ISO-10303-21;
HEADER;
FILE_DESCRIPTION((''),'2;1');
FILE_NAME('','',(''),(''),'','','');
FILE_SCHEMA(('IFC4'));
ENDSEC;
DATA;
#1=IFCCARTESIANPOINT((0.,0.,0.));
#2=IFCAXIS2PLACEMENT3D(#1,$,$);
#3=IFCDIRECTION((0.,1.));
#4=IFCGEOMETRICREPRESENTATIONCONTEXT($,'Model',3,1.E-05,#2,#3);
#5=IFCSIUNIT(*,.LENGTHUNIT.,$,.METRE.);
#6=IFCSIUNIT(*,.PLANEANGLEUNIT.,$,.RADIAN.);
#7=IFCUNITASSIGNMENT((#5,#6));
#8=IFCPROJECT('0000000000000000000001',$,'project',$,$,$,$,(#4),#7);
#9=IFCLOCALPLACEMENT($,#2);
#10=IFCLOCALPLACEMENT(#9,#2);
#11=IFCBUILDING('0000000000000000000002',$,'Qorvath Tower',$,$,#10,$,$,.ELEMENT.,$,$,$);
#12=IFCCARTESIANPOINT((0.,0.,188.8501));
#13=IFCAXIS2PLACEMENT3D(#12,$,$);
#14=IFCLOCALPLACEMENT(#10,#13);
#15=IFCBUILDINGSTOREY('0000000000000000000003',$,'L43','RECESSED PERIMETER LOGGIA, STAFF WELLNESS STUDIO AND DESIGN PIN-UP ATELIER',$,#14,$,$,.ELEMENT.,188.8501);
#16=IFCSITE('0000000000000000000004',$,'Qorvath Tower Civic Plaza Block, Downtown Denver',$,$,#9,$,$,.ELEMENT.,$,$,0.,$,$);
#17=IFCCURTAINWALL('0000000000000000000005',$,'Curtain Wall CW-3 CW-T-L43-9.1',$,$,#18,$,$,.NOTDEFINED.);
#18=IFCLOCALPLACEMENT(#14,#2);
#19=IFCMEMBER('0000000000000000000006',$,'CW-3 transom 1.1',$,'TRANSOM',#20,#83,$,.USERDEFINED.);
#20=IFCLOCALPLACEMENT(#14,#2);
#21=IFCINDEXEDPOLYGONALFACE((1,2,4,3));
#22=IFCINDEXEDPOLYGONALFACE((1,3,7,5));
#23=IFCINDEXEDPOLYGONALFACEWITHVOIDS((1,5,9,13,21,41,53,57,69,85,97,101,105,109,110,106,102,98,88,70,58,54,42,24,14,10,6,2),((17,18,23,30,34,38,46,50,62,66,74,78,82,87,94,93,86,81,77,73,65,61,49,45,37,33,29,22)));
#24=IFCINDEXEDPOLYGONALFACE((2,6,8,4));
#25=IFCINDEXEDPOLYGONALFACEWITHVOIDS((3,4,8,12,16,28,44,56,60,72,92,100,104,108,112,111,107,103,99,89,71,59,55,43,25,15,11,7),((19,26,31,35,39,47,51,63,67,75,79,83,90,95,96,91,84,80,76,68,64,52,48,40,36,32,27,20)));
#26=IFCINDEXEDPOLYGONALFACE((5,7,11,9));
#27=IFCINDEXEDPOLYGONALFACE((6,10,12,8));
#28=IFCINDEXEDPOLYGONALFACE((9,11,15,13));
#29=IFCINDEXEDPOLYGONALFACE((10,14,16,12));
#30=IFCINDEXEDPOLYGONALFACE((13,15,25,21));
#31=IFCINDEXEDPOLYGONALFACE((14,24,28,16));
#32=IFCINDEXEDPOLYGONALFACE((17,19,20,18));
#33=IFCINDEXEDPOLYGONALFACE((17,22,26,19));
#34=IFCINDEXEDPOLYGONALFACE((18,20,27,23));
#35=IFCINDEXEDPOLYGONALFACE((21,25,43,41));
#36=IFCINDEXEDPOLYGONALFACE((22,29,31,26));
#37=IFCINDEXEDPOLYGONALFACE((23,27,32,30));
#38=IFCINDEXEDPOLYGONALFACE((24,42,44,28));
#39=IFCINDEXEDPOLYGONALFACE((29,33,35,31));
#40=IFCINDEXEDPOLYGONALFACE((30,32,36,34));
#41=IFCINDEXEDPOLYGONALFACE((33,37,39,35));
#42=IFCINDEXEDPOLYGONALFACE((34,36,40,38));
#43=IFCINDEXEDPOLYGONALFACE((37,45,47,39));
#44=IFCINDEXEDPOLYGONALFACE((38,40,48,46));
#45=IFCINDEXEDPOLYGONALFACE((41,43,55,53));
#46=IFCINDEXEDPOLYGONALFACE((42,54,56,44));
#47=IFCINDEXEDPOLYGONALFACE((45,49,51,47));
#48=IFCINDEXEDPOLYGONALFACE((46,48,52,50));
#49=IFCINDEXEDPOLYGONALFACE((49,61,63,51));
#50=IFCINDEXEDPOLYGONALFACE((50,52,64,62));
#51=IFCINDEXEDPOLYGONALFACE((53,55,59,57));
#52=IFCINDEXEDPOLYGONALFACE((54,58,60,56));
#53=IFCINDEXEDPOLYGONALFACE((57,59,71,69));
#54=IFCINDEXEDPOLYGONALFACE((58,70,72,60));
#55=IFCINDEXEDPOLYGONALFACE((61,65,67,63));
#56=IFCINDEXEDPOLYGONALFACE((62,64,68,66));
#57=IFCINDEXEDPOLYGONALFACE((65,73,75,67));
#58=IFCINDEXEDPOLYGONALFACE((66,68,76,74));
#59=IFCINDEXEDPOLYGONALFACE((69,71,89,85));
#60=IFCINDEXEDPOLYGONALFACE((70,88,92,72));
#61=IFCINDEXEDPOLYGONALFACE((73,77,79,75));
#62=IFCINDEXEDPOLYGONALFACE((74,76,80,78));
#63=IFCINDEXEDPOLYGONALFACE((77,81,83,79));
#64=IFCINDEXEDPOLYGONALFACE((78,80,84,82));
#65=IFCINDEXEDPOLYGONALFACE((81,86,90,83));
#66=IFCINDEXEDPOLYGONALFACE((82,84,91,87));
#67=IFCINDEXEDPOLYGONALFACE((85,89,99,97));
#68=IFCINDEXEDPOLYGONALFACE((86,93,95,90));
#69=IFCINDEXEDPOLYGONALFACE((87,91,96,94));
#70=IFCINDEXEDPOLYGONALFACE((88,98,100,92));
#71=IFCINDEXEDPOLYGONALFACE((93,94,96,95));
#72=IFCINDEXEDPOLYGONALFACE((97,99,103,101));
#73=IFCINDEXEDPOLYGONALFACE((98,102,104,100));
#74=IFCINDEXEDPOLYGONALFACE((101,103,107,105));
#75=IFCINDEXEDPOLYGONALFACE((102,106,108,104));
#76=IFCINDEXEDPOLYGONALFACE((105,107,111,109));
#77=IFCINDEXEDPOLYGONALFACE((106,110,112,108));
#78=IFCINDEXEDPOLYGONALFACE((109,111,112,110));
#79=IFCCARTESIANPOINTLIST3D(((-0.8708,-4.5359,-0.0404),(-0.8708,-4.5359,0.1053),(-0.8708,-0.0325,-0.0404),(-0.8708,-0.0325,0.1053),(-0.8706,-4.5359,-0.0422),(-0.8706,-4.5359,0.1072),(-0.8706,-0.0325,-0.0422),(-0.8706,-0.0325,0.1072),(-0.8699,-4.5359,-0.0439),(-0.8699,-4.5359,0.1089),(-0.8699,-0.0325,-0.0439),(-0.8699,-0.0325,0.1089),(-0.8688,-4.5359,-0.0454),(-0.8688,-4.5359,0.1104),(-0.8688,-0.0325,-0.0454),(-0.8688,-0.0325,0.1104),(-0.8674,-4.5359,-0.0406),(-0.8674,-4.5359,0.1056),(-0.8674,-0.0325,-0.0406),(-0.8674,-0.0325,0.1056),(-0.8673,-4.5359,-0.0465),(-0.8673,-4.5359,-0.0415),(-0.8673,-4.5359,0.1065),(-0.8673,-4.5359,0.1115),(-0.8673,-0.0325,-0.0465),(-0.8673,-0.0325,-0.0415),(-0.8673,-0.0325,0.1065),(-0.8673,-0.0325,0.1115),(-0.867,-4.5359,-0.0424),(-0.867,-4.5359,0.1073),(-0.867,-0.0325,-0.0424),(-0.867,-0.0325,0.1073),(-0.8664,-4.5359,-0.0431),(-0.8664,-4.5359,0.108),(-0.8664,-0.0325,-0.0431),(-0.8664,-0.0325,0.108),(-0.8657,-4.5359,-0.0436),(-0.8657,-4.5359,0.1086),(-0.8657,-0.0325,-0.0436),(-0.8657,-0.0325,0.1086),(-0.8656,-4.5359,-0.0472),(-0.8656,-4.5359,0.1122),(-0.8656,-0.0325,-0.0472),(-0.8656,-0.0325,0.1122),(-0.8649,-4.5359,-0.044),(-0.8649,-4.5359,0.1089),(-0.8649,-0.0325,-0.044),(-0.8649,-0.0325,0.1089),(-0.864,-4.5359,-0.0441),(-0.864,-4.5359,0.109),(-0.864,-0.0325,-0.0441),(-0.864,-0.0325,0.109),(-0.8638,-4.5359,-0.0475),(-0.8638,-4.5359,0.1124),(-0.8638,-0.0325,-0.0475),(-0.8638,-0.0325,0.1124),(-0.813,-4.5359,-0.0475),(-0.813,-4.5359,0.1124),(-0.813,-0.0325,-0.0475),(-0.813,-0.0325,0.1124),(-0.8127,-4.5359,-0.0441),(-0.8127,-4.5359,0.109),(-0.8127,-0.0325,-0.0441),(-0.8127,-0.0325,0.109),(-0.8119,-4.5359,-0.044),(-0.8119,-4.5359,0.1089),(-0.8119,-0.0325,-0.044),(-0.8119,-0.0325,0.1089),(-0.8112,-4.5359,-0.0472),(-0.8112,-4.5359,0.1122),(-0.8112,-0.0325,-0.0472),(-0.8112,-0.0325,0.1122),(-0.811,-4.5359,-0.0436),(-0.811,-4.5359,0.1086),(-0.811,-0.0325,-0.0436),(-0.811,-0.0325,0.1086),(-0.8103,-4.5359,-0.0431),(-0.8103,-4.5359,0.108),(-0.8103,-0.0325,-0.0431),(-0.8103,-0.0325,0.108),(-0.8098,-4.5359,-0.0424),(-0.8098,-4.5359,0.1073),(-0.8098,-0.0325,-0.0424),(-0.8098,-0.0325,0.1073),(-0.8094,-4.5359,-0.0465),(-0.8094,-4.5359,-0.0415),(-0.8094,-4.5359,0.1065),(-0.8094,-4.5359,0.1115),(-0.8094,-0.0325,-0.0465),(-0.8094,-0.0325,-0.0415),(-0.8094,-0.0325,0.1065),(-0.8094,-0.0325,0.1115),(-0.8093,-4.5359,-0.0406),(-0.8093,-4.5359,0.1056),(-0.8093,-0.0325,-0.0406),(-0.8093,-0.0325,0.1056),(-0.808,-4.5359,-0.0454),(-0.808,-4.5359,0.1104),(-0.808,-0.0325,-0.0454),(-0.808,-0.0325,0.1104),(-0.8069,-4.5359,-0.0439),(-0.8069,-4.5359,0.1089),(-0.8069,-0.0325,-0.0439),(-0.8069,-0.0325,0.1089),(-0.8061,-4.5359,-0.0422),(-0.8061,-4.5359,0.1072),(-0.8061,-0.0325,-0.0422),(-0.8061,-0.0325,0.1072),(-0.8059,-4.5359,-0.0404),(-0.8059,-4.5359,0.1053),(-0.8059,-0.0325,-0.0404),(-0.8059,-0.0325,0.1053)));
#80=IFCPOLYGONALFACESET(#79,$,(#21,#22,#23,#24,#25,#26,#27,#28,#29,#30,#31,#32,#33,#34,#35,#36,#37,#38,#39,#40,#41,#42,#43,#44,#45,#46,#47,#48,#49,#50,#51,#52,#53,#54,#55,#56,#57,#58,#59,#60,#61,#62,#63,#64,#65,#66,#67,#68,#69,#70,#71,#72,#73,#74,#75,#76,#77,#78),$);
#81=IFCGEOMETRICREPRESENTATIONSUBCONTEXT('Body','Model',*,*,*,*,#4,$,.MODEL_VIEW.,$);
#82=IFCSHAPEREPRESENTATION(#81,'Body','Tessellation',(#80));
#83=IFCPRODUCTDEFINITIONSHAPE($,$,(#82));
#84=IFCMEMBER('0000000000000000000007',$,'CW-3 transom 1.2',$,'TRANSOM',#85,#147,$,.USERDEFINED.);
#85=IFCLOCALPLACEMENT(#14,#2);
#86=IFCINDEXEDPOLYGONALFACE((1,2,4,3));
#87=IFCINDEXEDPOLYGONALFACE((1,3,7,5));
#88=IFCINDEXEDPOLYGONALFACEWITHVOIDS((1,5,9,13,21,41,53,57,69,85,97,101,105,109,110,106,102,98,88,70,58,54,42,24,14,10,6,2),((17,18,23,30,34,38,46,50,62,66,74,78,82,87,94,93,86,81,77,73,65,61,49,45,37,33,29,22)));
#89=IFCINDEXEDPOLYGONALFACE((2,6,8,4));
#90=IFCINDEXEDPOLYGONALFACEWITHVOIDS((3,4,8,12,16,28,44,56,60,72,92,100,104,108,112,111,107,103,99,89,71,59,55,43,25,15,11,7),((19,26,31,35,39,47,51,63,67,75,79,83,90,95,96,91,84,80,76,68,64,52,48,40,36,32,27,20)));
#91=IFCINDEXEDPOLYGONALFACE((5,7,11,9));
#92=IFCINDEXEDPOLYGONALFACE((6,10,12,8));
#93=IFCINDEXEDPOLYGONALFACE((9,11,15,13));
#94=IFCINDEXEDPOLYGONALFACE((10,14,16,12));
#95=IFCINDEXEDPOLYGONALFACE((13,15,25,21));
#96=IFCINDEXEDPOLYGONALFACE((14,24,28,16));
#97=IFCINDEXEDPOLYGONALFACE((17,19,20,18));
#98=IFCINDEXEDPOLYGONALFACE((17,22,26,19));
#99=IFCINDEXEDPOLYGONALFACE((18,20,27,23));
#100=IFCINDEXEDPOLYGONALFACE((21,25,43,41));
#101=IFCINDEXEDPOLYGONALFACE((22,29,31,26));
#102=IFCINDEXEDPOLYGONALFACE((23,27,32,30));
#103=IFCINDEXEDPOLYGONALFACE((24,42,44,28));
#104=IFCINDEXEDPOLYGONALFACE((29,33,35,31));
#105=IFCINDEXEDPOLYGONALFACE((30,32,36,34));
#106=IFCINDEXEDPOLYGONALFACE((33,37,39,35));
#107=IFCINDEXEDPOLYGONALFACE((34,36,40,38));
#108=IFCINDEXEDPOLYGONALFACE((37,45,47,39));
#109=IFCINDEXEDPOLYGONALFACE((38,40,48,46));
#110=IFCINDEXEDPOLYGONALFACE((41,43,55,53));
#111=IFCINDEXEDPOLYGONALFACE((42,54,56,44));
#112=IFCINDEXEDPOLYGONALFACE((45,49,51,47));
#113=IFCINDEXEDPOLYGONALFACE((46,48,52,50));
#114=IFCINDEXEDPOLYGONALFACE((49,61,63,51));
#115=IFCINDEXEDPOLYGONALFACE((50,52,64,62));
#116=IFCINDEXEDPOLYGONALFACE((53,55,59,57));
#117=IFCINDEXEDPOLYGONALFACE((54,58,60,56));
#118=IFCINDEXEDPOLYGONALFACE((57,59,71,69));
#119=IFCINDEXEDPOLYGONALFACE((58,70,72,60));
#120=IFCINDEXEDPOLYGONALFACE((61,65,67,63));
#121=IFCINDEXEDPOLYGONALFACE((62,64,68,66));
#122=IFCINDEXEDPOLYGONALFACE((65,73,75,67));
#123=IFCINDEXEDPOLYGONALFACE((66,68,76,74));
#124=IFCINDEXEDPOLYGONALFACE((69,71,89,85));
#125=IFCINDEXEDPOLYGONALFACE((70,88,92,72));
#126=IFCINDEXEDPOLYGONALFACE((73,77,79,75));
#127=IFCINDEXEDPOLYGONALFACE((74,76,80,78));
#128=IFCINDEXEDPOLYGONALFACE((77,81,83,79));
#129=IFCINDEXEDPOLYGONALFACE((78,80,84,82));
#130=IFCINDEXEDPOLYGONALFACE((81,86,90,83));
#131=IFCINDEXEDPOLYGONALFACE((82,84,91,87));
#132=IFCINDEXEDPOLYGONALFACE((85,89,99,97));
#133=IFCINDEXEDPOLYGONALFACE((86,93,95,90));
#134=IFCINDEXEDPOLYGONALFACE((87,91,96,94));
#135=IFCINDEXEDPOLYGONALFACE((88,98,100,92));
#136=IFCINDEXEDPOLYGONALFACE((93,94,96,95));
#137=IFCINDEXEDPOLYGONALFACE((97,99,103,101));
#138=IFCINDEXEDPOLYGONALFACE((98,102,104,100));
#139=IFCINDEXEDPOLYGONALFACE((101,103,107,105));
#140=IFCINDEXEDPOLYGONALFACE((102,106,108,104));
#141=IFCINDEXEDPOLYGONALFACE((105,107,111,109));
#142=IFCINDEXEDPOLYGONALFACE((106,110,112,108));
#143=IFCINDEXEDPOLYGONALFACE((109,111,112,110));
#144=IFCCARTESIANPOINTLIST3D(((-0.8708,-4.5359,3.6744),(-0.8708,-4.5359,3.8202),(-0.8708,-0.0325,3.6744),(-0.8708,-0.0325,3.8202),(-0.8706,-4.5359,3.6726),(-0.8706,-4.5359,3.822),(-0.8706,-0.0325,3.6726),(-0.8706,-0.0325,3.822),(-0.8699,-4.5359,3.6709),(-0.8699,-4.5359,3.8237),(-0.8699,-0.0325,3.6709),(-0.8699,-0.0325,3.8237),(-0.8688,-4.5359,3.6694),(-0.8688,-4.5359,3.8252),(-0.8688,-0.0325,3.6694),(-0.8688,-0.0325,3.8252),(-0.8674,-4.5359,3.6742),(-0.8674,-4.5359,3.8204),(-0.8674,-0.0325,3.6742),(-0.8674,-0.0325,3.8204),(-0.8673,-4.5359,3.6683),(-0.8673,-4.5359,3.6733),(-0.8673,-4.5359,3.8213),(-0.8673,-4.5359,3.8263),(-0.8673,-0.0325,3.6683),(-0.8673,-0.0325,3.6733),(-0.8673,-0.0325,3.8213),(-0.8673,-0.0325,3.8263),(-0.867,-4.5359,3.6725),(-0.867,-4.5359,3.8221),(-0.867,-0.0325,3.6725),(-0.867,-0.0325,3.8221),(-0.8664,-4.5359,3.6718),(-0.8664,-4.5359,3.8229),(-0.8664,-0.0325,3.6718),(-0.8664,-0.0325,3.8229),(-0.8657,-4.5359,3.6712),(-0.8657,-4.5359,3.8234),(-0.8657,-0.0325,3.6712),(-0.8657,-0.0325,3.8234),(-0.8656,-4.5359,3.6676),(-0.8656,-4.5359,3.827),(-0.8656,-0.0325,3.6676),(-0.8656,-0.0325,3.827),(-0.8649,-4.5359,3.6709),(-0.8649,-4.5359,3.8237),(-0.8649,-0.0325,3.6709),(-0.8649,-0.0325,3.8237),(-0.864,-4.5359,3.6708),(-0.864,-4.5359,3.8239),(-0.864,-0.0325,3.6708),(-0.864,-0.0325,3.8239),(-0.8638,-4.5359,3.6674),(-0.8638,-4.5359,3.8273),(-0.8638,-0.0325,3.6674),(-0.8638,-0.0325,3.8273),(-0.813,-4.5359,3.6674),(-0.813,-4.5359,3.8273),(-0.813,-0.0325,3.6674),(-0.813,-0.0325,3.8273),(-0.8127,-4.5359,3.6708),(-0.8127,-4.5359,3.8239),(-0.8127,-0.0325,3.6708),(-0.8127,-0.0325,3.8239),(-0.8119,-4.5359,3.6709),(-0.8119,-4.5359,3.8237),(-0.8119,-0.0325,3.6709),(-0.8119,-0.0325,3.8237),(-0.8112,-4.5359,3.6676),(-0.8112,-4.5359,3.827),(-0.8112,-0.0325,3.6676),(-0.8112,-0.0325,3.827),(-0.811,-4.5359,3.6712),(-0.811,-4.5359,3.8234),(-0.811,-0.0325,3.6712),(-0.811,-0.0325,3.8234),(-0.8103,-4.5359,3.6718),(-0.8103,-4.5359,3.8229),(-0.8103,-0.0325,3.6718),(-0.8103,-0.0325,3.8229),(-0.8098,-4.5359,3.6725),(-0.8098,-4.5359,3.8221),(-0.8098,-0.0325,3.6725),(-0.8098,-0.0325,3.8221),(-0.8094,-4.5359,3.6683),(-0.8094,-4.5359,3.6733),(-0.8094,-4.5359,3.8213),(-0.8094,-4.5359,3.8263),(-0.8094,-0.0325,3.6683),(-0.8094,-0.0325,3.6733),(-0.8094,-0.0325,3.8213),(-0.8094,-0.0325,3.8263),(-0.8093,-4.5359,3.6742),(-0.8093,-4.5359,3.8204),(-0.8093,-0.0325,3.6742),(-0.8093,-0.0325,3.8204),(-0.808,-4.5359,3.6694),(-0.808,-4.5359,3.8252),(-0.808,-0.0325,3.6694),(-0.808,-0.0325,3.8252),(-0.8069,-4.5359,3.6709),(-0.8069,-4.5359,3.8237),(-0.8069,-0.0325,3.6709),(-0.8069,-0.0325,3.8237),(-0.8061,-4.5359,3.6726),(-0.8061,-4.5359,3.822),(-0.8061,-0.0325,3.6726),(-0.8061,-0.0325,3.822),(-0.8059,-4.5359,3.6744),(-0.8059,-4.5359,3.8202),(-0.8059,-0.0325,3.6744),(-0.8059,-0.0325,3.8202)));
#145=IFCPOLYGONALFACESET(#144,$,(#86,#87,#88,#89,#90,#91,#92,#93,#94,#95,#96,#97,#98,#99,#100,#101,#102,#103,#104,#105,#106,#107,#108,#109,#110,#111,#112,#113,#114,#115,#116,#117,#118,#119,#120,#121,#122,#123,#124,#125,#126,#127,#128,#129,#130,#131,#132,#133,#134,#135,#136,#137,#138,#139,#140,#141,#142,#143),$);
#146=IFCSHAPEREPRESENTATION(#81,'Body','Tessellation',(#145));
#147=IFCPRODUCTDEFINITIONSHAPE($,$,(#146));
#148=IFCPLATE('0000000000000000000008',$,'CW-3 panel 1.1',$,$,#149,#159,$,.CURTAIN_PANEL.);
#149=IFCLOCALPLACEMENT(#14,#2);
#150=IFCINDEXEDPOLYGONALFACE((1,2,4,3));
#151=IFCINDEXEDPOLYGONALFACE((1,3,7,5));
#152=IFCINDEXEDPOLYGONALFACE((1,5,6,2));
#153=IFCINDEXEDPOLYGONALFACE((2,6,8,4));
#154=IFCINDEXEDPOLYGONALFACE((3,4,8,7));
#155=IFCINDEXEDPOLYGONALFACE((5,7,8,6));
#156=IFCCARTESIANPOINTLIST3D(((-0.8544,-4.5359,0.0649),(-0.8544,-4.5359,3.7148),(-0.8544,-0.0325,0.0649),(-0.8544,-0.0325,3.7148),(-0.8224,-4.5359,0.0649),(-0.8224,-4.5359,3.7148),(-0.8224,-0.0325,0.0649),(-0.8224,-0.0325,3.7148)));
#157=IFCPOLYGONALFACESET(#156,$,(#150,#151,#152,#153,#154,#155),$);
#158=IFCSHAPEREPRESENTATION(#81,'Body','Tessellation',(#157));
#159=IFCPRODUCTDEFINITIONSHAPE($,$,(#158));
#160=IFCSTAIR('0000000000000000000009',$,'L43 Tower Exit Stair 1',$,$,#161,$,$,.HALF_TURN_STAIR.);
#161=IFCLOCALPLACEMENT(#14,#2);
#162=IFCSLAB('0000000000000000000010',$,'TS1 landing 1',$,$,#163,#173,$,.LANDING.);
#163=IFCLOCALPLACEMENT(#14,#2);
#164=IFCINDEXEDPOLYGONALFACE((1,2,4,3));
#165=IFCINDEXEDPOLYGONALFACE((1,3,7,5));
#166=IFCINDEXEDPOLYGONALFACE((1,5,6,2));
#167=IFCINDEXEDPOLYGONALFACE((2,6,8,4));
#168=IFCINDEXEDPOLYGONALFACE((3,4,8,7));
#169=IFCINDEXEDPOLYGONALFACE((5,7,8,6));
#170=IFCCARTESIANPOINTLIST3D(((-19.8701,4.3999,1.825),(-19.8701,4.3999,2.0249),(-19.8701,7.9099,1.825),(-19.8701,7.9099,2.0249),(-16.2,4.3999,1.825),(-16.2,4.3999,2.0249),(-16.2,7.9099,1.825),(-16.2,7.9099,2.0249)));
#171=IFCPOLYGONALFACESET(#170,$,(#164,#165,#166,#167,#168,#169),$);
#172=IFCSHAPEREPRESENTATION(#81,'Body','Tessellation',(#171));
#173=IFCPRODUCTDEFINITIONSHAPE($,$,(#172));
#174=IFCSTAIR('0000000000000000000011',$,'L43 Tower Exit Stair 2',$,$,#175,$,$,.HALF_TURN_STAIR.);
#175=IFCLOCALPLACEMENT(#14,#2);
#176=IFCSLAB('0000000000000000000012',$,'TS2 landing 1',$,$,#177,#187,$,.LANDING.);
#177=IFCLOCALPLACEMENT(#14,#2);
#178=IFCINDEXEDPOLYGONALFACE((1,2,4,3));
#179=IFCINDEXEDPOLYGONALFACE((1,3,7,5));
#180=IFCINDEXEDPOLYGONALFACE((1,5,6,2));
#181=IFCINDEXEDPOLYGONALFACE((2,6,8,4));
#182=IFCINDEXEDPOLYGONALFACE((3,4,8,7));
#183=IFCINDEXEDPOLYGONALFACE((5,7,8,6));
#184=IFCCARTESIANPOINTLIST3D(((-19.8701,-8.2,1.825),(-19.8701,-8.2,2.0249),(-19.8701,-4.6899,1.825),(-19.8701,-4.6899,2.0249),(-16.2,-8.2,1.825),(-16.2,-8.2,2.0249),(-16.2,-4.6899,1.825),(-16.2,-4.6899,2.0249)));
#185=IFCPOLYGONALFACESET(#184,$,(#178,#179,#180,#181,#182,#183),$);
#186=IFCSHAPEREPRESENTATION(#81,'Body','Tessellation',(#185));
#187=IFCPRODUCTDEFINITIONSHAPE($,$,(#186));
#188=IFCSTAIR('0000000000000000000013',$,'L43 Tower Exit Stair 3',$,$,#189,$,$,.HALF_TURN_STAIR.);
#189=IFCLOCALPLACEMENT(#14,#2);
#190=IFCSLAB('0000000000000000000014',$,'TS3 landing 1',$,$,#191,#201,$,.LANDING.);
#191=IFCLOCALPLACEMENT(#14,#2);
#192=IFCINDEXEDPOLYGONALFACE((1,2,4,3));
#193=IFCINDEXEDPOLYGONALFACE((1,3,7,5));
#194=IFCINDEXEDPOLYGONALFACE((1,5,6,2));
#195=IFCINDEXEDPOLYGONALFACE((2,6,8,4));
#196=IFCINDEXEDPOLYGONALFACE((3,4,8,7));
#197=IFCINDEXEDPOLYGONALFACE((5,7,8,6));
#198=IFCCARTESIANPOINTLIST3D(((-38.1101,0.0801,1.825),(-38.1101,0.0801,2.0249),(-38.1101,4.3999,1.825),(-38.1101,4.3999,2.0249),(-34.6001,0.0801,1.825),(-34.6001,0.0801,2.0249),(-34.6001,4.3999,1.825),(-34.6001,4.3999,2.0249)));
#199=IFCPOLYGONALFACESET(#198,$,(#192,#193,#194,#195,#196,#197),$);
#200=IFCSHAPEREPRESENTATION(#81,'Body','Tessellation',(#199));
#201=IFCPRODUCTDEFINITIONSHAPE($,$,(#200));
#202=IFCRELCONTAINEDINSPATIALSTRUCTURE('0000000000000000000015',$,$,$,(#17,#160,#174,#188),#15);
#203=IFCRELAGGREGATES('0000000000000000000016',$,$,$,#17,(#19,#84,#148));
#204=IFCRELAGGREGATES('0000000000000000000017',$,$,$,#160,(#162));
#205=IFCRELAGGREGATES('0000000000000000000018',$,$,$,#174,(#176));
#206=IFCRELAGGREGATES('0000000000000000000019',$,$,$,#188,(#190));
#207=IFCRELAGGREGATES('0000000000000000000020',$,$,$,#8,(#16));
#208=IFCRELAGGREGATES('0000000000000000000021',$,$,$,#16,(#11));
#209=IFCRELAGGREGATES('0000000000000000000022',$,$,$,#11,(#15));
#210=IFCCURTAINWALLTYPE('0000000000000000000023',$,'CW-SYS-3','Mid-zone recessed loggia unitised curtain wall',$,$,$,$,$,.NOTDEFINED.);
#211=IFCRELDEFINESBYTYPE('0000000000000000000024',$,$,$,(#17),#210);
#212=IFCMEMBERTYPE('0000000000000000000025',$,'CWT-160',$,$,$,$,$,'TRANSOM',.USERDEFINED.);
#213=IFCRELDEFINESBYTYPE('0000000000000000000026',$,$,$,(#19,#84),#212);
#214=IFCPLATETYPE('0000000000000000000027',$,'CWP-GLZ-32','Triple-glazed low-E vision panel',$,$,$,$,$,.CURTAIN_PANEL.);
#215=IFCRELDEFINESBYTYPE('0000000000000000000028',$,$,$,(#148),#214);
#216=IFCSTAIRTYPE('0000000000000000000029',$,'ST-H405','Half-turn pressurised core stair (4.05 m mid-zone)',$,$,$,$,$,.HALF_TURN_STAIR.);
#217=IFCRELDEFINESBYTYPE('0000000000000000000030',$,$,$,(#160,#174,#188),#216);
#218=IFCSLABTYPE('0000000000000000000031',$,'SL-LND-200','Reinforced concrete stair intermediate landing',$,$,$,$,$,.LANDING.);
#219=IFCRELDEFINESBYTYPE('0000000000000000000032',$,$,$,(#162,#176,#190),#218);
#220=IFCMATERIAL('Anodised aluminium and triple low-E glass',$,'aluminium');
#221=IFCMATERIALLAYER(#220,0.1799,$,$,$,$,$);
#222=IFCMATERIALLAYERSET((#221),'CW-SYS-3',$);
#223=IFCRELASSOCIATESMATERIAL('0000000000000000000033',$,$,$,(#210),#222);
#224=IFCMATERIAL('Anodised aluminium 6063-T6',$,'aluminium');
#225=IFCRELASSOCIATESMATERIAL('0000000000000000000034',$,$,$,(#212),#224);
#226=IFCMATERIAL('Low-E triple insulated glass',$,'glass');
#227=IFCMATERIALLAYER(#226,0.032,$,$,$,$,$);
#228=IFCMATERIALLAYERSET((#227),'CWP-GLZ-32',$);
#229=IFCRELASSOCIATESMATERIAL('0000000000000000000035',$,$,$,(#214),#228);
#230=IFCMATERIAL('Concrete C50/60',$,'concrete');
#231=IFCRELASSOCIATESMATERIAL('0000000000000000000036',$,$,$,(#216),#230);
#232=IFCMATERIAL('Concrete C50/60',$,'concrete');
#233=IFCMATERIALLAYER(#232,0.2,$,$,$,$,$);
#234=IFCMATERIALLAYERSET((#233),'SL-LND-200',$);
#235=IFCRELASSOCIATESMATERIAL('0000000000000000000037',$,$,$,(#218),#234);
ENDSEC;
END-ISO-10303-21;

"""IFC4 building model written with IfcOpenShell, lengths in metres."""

from ifc_helpers import new_model, si_unit, direction, frame, origin, origin_2d, place, context, subcontext, project, spatial, polyline, rectangle, hollow_rectangle, outline, extrude, material, layer, layer_set, material_profile, profile_set, type_object, element, aggregate, save


model = new_model("IFC4")

# Units and contexts
model_context = context("Model", 3, precision=1e-05, world=origin(), true_north=direction((0.0, 1.0)))
body_context = subcontext(model_context, "Body", "Model", "MODEL_VIEW")
ifc_project = project(units=[si_unit("LENGTHUNIT", "METRE"), si_unit("PLANEANGLEUNIT", "RADIAN")], contexts=[model_context])

# Site, building, storey
site_placement = place(None, origin())
site = spatial("IfcSite", under=ifc_project, at=site_placement, Name="Qorvath Tower Civic Plaza Block, Downtown Denver", CompositionType="ELEMENT", RefElevation=0.0)
building_placement = place(site_placement, origin())
building = spatial("IfcBuilding", under=site, at=building_placement, Name="Qorvath Tower", CompositionType="ELEMENT")
storey_placement = place(building_placement, frame((0.0, 0.0, 188.8501)))
storey = spatial("IfcBuildingStorey", under=building, at=storey_placement, Name="L43", Description="RECESSED PERIMETER LOGGIA, STAFF WELLNESS STUDIO AND DESIGN PIN-UP ATELIER", CompositionType="ELEMENT", Elevation=188.8501)

# Curtain wall, members, plate
ifc_material_1 = material(Name="Anodised aluminium and triple low-E glass", Category="aluminium")
ifc_layer_1 = layer(ifc_material_1, 0.1799)
ifc_layer_set_1 = layer_set([ifc_layer_1], Name="CW-SYS-3")
curtain_wall_type = type_object("IfcCurtainWallType", Name="CW-SYS-3", Description="Mid-zone recessed loggia unitised curtain wall", PredefinedType="NOTDEFINED", material=ifc_layer_set_1)
curtain_wall_placement = place(storey_placement, origin())
curtain_wall = element("IfcCurtainWall", 1, at=curtain_wall_placement, inside=storey, type_object=curtain_wall_type, Name="Curtain Wall CW-3 CW-T-L43-9.1", PredefinedType="NOTDEFINED")
ifc_material_2 = material(Name="Anodised aluminium 6063-T6", Category="aluminium")
ifc_material_profile_1 = material_profile(ifc_material_2, hollow_rectangle(XDim=0.0649, YDim=0.1599, WallThickness=0.0034, InnerFilletRadius=0.0034, OuterFilletRadius=0.0071, at=origin_2d()), Name="CWT 160x65")
ifc_profile_set_1 = profile_set([ifc_material_profile_1], Name="Anodised aluminium 6063-T6")
member_type_1 = type_object("IfcMemberType", Name="CWT-160", ElementType="TRANSOM", PredefinedType="USERDEFINED", material=ifc_profile_set_1)
member_1_placement = place(storey_placement, frame((-0.8384, -4.5359, 0.0325), z_axis=(0.0, 1.0, 0.0), x_axis=(-1.0, 0.0, 0.0)))
member_1 = element("IfcMember", 2, at=member_1_placement, type_object=member_type_1, Name="CW-3 transom 1.1", ObjectType="TRANSOM", PredefinedType="USERDEFINED", context=body_context, shape_type="SweptSolid", body=[
    extrude(hollow_rectangle(XDim=0.0649, YDim=0.1599, WallThickness=0.0034, InnerFilletRadius=0.0034, OuterFilletRadius=0.0071, at=origin_2d()), origin(), (0.0, 0.0, 1.0), 4.5034),
])
member_2_placement = place(storey_placement, frame((-0.8384, -4.5359, 3.7473), z_axis=(0.0, 1.0, 0.0), x_axis=(-1.0, 0.0, 0.0)))
member_2 = element("IfcMember", 3, at=member_2_placement, type_object=member_type_1, Name="CW-3 transom 1.2", ObjectType="TRANSOM", PredefinedType="USERDEFINED", context=body_context, shape_type="SweptSolid", body=[
    extrude(hollow_rectangle(XDim=0.0649, YDim=0.1599, WallThickness=0.0034, InnerFilletRadius=0.0034, OuterFilletRadius=0.0071, at=origin_2d()), origin(), (0.0, 0.0, 1.0), 4.5034),
])
ifc_material_3 = material(Name="Low-E triple insulated glass", Category="glass")
ifc_layer_2 = layer(ifc_material_3, 0.032)
ifc_layer_set_2 = layer_set([ifc_layer_2], Name="CWP-GLZ-32")
plate_type = type_object("IfcPlateType", Name="CWP-GLZ-32", Description="Triple-glazed low-E vision panel", PredefinedType="CURTAIN_PANEL", material=ifc_layer_set_2)
plate_placement = place(storey_placement, frame((-0.8384, -2.2842, 0.0649), z_axis=(0.0, 0.0, 1.0), x_axis=(0.0, 1.0, 0.0)))
plate = element("IfcPlate", 4, at=plate_placement, type_object=plate_type, Name="CW-3 panel 1.1", PredefinedType="CURTAIN_PANEL", context=body_context, shape_type="SweptSolid", body=[
    extrude(rectangle(XDim=4.5034, YDim=0.032, at=origin_2d()), origin(), (0.0, 0.0, 1.0), 3.6499),
])
aggregate(curtain_wall, [member_1, member_2, plate])

# Stairs, slabs
ifc_material_4 = material(Name="Concrete C50/60", Category="concrete")
stair_type = type_object("IfcStairType", Name="ST-H405", Description="Half-turn pressurised core stair (4.05 m mid-zone)", PredefinedType="HALF_TURN_STAIR", material=ifc_material_4)
stair_1_placement = place(storey_placement, origin())
stair_1 = element("IfcStair", 5, at=stair_1_placement, inside=storey, type_object=stair_type, Name="L43 Tower Exit Stair 1", PredefinedType="HALF_TURN_STAIR")
ifc_material_5 = material(Name="Concrete C50/60", Category="concrete")
ifc_layer_3 = layer(ifc_material_5, 0.2)
ifc_layer_set_3 = layer_set([ifc_layer_3], Name="SL-LND-200")
slab_type_1 = type_object("IfcSlabType", Name="SL-LND-200", Description="Reinforced concrete stair intermediate landing", PredefinedType="LANDING", material=ifc_layer_set_3)
slab_1_placement = place(storey_placement, frame((0.0, 0.0, 1.825)))
slab_1 = element("IfcSlab", 6, at=slab_1_placement, type_object=slab_type_1, Name="TS1 landing 1", PredefinedType="LANDING", context=body_context, shape_type="SweptSolid", body=[
    extrude(outline(polyline([(-19.8701, 4.3999), (-16.2, 4.3999), (-16.2, 7.9099), (-19.8701, 7.9099), (-19.8701, 4.3999)])), origin(), (0.0, 0.0, 1.0), 0.2),
])
aggregate(stair_1, [slab_1])
stair_2_placement = place(storey_placement, origin())
stair_2 = element("IfcStair", 7, at=stair_2_placement, inside=storey, type_object=stair_type, Name="L43 Tower Exit Stair 2", PredefinedType="HALF_TURN_STAIR")
slab_2_placement = place(storey_placement, frame((0.0, 0.0, 1.825)))
slab_2 = element("IfcSlab", 8, at=slab_2_placement, type_object=slab_type_1, Name="TS2 landing 1", PredefinedType="LANDING", context=body_context, shape_type="SweptSolid", body=[
    extrude(outline(polyline([(-19.8701, -8.2), (-16.2, -8.2), (-16.2, -4.6899), (-19.8701, -4.6899), (-19.8701, -8.2)])), origin(), (0.0, 0.0, 1.0), 0.2),
])
aggregate(stair_2, [slab_2])
stair_3_placement = place(storey_placement, origin())
stair_3 = element("IfcStair", 9, at=stair_3_placement, inside=storey, type_object=stair_type, Name="L43 Tower Exit Stair 3", PredefinedType="HALF_TURN_STAIR")
slab_3_placement = place(storey_placement, frame((0.0, 0.0, 1.825)))
slab_3 = element("IfcSlab", 10, at=slab_3_placement, type_object=slab_type_1, Name="TS3 landing 1", PredefinedType="LANDING", context=body_context, shape_type="SweptSolid", body=[
    extrude(outline(polyline([(-34.6001, 0.0801), (-34.6001, 4.3999), (-38.1101, 4.3999), (-38.1101, 0.0801), (-34.6001, 0.0801)])), origin(), (0.0, 0.0, 1.0), 0.2),
])
aggregate(stair_3, [slab_3])

save(model, "model.ifc")
